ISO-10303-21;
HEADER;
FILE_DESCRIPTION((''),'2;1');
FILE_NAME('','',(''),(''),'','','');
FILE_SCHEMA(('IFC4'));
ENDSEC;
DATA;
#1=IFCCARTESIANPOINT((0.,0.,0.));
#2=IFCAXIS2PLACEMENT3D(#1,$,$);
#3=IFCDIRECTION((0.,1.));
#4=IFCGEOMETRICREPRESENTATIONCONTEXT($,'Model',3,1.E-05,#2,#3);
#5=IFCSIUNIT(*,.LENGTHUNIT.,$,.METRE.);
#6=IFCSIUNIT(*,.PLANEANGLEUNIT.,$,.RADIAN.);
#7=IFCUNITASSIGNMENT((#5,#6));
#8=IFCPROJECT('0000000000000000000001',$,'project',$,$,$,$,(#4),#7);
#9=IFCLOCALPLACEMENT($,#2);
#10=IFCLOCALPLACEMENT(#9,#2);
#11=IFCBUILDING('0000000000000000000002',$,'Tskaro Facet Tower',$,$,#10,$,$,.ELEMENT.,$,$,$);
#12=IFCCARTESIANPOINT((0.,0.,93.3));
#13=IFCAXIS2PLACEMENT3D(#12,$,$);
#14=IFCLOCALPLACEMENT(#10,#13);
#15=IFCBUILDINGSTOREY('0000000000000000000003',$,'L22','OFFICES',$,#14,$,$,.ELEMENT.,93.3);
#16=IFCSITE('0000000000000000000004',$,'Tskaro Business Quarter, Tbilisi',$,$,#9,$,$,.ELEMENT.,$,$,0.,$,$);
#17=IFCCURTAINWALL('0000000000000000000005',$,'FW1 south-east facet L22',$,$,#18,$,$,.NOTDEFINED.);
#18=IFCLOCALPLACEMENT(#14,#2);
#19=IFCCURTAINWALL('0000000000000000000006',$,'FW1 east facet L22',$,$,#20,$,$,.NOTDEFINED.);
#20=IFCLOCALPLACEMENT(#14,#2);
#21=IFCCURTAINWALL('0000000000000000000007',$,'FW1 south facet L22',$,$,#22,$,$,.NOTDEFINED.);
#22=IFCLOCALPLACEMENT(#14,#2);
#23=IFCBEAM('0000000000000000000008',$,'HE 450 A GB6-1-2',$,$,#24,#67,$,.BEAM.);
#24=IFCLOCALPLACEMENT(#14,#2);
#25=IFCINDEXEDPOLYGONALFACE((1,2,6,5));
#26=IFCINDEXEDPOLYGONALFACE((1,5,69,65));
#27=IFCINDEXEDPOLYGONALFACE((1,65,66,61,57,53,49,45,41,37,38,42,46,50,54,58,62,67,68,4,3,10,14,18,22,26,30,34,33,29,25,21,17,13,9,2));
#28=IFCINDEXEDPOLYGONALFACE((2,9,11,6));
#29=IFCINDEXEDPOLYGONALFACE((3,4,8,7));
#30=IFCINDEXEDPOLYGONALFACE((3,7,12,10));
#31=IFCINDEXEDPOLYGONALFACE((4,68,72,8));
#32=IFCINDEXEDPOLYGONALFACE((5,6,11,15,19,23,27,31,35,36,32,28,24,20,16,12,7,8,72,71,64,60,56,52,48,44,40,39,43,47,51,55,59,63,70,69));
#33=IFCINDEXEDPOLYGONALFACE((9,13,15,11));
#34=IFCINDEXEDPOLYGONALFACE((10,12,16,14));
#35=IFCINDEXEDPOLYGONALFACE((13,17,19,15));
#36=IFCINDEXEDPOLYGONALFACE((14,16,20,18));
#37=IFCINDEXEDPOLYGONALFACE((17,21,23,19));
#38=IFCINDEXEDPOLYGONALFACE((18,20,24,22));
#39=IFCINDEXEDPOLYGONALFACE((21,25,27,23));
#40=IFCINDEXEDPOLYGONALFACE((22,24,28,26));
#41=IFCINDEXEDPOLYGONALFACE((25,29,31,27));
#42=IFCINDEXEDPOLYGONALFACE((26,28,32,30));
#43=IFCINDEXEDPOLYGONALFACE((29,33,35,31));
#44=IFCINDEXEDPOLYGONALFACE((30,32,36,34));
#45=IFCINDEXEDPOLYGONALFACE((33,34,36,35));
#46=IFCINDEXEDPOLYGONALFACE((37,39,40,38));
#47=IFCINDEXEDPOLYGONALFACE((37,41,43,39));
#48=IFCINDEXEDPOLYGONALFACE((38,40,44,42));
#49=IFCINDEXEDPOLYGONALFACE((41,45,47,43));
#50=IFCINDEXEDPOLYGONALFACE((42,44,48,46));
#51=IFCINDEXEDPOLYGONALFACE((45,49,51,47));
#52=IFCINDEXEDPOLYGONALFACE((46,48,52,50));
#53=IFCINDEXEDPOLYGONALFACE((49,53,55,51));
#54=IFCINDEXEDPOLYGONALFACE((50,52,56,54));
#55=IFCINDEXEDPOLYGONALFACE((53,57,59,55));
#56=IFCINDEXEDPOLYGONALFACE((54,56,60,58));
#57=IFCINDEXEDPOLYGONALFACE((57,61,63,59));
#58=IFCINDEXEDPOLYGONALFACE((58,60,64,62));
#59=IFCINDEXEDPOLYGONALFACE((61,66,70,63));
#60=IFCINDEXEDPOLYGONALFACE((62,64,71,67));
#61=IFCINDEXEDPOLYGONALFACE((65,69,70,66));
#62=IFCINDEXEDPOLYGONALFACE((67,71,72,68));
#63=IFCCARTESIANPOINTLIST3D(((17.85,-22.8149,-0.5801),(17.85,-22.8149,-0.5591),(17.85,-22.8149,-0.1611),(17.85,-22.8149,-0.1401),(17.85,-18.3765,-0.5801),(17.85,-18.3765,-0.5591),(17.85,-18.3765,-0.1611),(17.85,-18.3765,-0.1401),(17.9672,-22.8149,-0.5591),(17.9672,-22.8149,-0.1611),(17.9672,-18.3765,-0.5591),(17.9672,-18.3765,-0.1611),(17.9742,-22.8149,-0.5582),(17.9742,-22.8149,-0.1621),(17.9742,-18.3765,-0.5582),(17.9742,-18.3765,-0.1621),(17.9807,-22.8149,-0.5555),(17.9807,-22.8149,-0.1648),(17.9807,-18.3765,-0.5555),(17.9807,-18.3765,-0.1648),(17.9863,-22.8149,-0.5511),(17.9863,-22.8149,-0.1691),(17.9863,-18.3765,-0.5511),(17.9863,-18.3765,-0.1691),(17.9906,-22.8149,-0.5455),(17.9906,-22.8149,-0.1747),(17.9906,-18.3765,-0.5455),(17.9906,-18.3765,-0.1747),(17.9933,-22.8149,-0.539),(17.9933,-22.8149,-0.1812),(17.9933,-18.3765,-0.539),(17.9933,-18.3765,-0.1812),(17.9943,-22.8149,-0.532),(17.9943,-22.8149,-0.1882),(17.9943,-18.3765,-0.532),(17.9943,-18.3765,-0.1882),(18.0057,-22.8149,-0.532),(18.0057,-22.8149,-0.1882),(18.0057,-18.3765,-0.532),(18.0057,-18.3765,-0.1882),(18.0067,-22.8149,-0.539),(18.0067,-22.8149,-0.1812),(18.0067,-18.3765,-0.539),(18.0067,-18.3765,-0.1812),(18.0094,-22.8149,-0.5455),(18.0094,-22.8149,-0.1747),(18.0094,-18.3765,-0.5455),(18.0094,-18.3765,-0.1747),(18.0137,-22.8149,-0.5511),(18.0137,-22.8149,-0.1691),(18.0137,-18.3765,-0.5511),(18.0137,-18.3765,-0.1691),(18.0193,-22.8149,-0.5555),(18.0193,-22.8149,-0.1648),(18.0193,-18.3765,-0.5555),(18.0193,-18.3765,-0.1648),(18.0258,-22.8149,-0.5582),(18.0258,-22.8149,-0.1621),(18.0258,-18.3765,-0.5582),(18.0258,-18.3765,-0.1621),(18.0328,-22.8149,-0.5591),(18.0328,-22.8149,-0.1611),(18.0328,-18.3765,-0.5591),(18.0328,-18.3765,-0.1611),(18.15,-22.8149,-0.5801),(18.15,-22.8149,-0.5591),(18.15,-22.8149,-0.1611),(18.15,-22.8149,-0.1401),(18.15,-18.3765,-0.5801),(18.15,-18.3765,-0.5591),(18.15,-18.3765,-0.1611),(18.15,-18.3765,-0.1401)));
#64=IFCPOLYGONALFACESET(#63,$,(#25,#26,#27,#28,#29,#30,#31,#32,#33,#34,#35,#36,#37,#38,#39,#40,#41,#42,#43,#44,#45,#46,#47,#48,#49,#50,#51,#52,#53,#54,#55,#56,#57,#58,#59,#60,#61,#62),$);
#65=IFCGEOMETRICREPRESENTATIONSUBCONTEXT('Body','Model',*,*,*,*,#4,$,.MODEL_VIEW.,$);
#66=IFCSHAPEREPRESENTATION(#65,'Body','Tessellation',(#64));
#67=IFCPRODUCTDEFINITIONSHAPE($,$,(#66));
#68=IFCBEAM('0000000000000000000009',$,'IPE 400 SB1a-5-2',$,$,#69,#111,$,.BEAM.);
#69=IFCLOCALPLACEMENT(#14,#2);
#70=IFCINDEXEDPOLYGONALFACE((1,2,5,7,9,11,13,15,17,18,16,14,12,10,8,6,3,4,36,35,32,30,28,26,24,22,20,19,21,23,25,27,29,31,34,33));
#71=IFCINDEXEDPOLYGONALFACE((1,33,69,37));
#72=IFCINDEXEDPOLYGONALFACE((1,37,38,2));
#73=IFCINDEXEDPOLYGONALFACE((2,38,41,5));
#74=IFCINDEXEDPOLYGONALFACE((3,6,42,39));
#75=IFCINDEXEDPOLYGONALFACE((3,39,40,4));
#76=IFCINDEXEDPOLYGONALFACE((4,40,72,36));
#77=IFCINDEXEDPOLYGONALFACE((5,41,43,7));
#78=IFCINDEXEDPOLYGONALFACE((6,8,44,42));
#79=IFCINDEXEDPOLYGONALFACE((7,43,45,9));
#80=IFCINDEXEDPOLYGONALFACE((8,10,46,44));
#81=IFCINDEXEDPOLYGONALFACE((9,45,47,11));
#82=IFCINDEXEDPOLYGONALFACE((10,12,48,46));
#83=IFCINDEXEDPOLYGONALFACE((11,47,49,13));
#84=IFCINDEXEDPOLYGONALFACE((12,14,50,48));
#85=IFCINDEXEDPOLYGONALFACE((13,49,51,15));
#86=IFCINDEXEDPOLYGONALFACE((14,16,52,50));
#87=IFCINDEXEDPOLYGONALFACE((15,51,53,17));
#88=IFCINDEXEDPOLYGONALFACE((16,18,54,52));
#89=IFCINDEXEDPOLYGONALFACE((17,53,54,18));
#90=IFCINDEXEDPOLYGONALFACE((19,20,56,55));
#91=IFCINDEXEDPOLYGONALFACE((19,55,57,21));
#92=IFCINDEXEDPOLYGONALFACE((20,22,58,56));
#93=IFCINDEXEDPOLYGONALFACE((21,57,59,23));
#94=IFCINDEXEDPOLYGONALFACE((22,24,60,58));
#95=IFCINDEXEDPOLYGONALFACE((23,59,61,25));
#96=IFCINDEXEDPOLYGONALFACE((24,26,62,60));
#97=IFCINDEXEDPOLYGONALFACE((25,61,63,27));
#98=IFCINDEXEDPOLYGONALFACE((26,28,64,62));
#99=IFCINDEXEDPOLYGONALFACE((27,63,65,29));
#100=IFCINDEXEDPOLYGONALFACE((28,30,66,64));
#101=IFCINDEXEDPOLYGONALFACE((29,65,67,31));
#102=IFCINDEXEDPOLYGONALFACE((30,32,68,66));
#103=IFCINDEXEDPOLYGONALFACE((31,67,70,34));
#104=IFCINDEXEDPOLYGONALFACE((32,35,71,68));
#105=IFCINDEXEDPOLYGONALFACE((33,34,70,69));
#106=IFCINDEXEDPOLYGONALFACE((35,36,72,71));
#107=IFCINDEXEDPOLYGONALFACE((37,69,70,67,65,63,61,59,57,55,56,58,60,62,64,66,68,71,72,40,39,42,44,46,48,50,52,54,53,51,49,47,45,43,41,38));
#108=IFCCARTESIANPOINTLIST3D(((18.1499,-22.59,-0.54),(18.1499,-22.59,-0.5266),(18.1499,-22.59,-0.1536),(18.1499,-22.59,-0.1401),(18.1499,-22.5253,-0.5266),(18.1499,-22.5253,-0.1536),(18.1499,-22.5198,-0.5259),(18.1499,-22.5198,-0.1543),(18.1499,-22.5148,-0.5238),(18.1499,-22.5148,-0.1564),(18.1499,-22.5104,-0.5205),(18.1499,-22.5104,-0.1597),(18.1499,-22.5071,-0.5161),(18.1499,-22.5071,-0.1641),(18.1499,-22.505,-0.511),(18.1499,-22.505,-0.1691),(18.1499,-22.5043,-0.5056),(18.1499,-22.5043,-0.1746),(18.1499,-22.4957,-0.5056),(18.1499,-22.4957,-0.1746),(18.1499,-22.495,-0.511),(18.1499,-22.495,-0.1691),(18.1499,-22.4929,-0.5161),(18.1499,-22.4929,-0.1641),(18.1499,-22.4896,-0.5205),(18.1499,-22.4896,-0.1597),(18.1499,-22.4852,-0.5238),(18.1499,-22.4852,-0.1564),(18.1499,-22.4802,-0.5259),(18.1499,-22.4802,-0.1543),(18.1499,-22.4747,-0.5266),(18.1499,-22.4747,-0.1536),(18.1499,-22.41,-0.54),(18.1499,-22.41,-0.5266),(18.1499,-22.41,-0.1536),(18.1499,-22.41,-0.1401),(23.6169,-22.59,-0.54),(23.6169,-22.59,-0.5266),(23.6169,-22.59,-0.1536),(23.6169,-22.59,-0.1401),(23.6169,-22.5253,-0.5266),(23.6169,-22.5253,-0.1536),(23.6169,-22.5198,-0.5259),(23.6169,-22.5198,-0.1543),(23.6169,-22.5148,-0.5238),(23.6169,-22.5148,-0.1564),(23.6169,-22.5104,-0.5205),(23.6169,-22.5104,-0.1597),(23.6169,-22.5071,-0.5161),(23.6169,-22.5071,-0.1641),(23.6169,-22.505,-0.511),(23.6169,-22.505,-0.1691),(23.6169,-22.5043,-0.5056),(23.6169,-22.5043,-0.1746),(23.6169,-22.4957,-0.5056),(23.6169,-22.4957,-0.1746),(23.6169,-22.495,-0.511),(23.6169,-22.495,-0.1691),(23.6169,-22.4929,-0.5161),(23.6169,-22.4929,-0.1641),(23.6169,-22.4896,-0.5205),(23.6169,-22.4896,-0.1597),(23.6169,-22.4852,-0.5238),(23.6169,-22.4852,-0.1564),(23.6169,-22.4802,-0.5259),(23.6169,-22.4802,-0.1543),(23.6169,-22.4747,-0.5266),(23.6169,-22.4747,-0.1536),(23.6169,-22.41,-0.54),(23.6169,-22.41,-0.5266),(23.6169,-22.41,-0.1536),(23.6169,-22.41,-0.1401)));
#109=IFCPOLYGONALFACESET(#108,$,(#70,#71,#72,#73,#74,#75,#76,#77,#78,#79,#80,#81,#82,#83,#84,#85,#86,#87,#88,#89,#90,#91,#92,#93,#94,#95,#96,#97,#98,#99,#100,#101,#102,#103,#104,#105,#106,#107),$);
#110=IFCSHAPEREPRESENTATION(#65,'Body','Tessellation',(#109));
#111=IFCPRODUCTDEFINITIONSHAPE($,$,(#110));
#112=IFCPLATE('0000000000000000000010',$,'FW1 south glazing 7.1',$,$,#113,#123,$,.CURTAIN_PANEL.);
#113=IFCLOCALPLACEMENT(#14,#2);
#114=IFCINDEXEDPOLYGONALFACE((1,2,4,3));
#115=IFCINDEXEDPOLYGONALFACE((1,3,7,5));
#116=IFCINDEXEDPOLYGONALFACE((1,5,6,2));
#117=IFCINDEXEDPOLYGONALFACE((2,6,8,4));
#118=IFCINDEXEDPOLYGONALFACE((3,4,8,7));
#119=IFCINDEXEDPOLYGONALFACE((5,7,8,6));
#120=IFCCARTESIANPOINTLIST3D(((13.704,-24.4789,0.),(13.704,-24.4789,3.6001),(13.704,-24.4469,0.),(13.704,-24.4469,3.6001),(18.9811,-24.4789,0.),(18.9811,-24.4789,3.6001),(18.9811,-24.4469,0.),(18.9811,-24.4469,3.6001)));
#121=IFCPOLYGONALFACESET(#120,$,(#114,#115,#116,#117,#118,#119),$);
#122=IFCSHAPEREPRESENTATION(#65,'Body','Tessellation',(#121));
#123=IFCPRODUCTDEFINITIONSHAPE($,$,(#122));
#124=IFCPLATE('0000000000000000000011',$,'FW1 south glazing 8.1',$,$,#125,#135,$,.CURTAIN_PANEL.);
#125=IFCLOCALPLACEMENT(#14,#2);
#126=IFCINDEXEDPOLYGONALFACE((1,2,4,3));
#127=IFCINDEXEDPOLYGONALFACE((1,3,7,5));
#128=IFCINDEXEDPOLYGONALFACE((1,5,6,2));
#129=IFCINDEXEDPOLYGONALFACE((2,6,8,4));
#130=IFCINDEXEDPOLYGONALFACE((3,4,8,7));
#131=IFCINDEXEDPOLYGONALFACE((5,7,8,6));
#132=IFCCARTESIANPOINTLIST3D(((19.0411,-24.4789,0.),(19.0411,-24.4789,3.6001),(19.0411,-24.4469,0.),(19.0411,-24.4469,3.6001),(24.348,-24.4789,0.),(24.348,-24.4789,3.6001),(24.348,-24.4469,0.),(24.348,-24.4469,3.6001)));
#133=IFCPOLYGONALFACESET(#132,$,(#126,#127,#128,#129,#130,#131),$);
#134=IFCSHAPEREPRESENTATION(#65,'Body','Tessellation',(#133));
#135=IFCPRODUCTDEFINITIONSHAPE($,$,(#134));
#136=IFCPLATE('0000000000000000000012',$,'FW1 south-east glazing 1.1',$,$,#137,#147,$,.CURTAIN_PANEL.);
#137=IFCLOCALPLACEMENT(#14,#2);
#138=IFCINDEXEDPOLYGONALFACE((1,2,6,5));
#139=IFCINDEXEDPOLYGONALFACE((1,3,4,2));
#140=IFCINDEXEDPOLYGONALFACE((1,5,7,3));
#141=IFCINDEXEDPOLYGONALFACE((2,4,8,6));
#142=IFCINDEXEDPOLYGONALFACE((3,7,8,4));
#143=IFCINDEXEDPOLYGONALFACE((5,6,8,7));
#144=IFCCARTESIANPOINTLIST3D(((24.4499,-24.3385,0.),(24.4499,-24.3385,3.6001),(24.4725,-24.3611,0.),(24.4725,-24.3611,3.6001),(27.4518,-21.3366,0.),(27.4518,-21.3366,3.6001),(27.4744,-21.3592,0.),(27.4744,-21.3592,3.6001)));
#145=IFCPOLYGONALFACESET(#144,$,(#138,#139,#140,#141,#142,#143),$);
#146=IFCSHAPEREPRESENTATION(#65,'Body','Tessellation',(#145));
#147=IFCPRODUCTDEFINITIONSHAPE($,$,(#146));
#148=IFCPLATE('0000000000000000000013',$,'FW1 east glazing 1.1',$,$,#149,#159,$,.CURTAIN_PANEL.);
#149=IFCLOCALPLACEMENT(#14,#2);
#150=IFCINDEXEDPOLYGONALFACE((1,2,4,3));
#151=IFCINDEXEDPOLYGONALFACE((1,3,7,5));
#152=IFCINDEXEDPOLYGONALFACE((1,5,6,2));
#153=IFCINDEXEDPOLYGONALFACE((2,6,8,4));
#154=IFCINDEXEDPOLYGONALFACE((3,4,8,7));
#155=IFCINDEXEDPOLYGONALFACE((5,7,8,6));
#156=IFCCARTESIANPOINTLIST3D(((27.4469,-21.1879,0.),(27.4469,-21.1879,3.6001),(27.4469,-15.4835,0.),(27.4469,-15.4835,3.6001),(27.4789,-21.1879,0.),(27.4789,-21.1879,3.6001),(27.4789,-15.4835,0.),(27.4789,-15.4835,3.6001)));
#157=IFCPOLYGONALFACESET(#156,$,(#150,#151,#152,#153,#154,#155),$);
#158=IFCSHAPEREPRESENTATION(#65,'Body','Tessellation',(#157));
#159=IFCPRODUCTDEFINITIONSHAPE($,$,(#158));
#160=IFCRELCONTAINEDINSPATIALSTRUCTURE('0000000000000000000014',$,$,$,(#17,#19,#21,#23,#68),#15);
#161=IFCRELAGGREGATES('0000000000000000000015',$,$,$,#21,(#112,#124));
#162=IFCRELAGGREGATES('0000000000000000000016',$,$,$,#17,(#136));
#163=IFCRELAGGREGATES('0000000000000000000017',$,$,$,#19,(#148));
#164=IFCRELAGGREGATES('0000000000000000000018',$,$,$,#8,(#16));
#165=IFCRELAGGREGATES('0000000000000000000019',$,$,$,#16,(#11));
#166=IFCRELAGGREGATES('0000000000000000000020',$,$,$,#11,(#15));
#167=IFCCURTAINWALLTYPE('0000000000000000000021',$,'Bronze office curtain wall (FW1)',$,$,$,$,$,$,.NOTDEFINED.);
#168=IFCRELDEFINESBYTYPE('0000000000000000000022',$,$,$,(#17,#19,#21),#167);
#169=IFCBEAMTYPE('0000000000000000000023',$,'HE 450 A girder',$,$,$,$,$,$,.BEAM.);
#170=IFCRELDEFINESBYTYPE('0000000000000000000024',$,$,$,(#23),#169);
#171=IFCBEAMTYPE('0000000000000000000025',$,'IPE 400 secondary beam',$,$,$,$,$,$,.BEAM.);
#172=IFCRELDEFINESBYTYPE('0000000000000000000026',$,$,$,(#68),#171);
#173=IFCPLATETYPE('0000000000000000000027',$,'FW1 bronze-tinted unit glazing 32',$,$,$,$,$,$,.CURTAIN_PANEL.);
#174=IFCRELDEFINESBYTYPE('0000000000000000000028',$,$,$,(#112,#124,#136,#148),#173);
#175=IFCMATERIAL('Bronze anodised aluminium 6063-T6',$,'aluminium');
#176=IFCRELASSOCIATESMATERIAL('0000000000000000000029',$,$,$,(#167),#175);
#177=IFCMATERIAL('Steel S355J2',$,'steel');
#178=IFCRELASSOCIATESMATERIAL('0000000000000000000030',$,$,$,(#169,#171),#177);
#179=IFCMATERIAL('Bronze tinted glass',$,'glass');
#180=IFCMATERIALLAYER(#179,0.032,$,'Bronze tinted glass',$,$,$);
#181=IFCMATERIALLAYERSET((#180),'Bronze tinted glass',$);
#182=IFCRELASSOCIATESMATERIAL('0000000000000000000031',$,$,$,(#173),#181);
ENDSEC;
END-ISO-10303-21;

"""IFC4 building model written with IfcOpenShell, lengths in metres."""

from ifc_helpers import new_model, si_unit, direction, frame, origin, origin_2d, place, context, subcontext, project, spatial, rectangle, i_section, extrude, material, layer, layer_set, material_profile, profile_set, type_object, element, aggregate, save


model = new_model("IFC4")

# Units and contexts
model_context = context("Model", 3, precision=1e-05, world=origin(), true_north=direction((0.0, 1.0)))
body_context = subcontext(model_context, "Body", "Model", "MODEL_VIEW")
ifc_project = project(units=[si_unit("LENGTHUNIT", "METRE"), si_unit("PLANEANGLEUNIT", "RADIAN")], contexts=[model_context])

# Site, building, storey
site_placement = place(None, origin())
site = spatial("IfcSite", under=ifc_project, at=site_placement, Name="Tskaro Business Quarter, Tbilisi", CompositionType="ELEMENT", RefElevation=0.0)
building_placement = place(site_placement, origin())
building = spatial("IfcBuilding", under=site, at=building_placement, Name="Tskaro Facet Tower", CompositionType="ELEMENT")
storey_placement = place(building_placement, frame((0.0, 0.0, 93.3)))
storey = spatial("IfcBuildingStorey", under=building, at=storey_placement, Name="L22", Description="OFFICES", CompositionType="ELEMENT", Elevation=93.3)

# Curtain walls
ifc_material_1 = material(Name="Bronze anodised aluminium 6063-T6", Category="aluminium")
curtain_wall_type = type_object("IfcCurtainWallType", Name="Bronze office curtain wall (FW1)", PredefinedType="NOTDEFINED", material=ifc_material_1)
curtain_wall_1_placement = place(storey_placement, origin())
curtain_wall_1 = element("IfcCurtainWall", 1, at=curtain_wall_1_placement, inside=storey, type_object=curtain_wall_type, Name="FW1 south-east facet L22", PredefinedType="NOTDEFINED")
curtain_wall_2_placement = place(storey_placement, origin())
curtain_wall_2 = element("IfcCurtainWall", 2, at=curtain_wall_2_placement, inside=storey, type_object=curtain_wall_type, Name="FW1 east facet L22", PredefinedType="NOTDEFINED")

# Curtain wall
curtain_wall_3_placement = place(storey_placement, origin())
curtain_wall_3 = element("IfcCurtainWall", 3, at=curtain_wall_3_placement, inside=storey, type_object=curtain_wall_type, Name="FW1 south facet L22", PredefinedType="NOTDEFINED")

# Beams
ifc_material_2 = material(Name="Steel S355J2", Category="steel")
ifc_material_profile_1 = material_profile(ifc_material_2, i_section(OverallWidth=0.3, OverallDepth=0.4399, WebThickness=0.0115, FlangeThickness=0.021, FilletRadius=0.0271, at=origin_2d()), Name="HE 450 A")
ifc_profile_set_1 = profile_set([ifc_material_profile_1], Name="Steel S355J2")
beam_type_1 = type_object("IfcBeamType", Name="HE 450 A girder", PredefinedType="BEAM", material=ifc_profile_set_1)
beam_1_placement = place(storey_placement, frame((18.0, -22.8149, -0.3601), z_axis=(0.0, 1.0, 0.0), x_axis=(-1.0, 0.0, 0.0)))
element("IfcBeam", 4, at=beam_1_placement, inside=storey, type_object=beam_type_1, Name="HE 450 A GB6-1-2", PredefinedType="BEAM", context=body_context, shape_type="SweptSolid", body=[
    extrude(i_section(OverallWidth=0.3, OverallDepth=0.4399, WebThickness=0.0115, FlangeThickness=0.021, FilletRadius=0.0271, at=origin_2d()), origin(), (0.0, 0.0, 1.0), 4.4385),
])
ifc_material_profile_2 = material_profile(ifc_material_2, i_section(OverallWidth=0.1799, OverallDepth=0.3999, WebThickness=0.0085, FlangeThickness=0.0134, FilletRadius=0.021, at=origin_2d()), Name="IPE 400")
ifc_profile_set_2 = profile_set([ifc_material_profile_2], Name="Steel S355J2")
beam_type_2 = type_object("IfcBeamType", Name="IPE 400 secondary beam", PredefinedType="BEAM", material=ifc_profile_set_2)
beam_2_placement = place(storey_placement, frame((18.1499, -22.5, -0.3401), z_axis=(1.0, 0.0, 0.0), x_axis=(0.0, 1.0, 0.0)))
element("IfcBeam", 5, at=beam_2_placement, inside=storey, type_object=beam_type_2, Name="IPE 400 SB1a-5-2", PredefinedType="BEAM", context=body_context, shape_type="SweptSolid", body=[
    extrude(i_section(OverallWidth=0.1799, OverallDepth=0.3999, WebThickness=0.0085, FlangeThickness=0.0134, FilletRadius=0.021, at=origin_2d()), origin(), (0.0, 0.0, 1.0), 5.467),
])

# Plates
ifc_material_3 = material(Name="Bronze tinted glass", Category="glass")
ifc_layer_1 = layer(ifc_material_3, 0.032, Name="Bronze tinted glass")
ifc_layer_set_1 = layer_set([ifc_layer_1], Name="Bronze tinted glass")
plate_type = type_object("IfcPlateType", Name="FW1 bronze-tinted unit glazing 32", PredefinedType="CURTAIN_PANEL", material=ifc_layer_set_1)
plate_1_placement = place(storey_placement, frame((16.3425, -24.4629, 0.0), z_axis=(0.0, 0.0, 1.0), x_axis=(1.0, 0.0, 0.0)))
plate_1 = element("IfcPlate", 6, at=plate_1_placement, type_object=plate_type, Name="FW1 south glazing 7.1", PredefinedType="CURTAIN_PANEL", context=body_context, shape_type="SweptSolid", body=[
    extrude(rectangle(XDim=5.2771, YDim=0.032, at=origin_2d()), origin(), (0.0, 0.0, 1.0), 3.6001),
])
plate_2_placement = place(storey_placement, frame((21.6946, -24.4629, 0.0), z_axis=(0.0, 0.0, 1.0), x_axis=(1.0, 0.0, 0.0)))
plate_2 = element("IfcPlate", 7, at=plate_2_placement, type_object=plate_type, Name="FW1 south glazing 8.1", PredefinedType="CURTAIN_PANEL", context=body_context, shape_type="SweptSolid", body=[
    extrude(rectangle(XDim=5.3069, YDim=0.032, at=origin_2d()), origin(), (0.0, 0.0, 1.0), 3.6001),
])
aggregate(curtain_wall_3, [plate_1, plate_2])
plate_3_placement = place(storey_placement, frame((25.9622, -22.8489, 0.0), z_axis=(0.0, 0.0, 1.0), x_axis=(0.707107, 0.707107, 0.0)))
plate_3 = element("IfcPlate", 8, at=plate_3_placement, type_object=plate_type, Name="FW1 south-east glazing 1.1", PredefinedType="CURTAIN_PANEL", context=body_context, shape_type="SweptSolid", body=[
    extrude(rectangle(XDim=4.2454, YDim=0.032, at=origin_2d()), origin(), (0.0, 0.0, 1.0), 3.6001),
])
aggregate(curtain_wall_1, [plate_3])
plate_4_placement = place(storey_placement, frame((27.4629, -18.3357, 0.0), z_axis=(0.0, 0.0, 1.0), x_axis=(0.0, 1.0, 0.0)))
plate_4 = element("IfcPlate", 9, at=plate_4_placement, type_object=plate_type, Name="FW1 east glazing 1.1", PredefinedType="CURTAIN_PANEL", context=body_context, shape_type="SweptSolid", body=[
    extrude(rectangle(XDim=5.7043, YDim=0.032, at=origin_2d()), origin(), (0.0, 0.0, 1.0), 3.6001),
])
aggregate(curtain_wall_2, [plate_4])

save(model, "model.ifc")
